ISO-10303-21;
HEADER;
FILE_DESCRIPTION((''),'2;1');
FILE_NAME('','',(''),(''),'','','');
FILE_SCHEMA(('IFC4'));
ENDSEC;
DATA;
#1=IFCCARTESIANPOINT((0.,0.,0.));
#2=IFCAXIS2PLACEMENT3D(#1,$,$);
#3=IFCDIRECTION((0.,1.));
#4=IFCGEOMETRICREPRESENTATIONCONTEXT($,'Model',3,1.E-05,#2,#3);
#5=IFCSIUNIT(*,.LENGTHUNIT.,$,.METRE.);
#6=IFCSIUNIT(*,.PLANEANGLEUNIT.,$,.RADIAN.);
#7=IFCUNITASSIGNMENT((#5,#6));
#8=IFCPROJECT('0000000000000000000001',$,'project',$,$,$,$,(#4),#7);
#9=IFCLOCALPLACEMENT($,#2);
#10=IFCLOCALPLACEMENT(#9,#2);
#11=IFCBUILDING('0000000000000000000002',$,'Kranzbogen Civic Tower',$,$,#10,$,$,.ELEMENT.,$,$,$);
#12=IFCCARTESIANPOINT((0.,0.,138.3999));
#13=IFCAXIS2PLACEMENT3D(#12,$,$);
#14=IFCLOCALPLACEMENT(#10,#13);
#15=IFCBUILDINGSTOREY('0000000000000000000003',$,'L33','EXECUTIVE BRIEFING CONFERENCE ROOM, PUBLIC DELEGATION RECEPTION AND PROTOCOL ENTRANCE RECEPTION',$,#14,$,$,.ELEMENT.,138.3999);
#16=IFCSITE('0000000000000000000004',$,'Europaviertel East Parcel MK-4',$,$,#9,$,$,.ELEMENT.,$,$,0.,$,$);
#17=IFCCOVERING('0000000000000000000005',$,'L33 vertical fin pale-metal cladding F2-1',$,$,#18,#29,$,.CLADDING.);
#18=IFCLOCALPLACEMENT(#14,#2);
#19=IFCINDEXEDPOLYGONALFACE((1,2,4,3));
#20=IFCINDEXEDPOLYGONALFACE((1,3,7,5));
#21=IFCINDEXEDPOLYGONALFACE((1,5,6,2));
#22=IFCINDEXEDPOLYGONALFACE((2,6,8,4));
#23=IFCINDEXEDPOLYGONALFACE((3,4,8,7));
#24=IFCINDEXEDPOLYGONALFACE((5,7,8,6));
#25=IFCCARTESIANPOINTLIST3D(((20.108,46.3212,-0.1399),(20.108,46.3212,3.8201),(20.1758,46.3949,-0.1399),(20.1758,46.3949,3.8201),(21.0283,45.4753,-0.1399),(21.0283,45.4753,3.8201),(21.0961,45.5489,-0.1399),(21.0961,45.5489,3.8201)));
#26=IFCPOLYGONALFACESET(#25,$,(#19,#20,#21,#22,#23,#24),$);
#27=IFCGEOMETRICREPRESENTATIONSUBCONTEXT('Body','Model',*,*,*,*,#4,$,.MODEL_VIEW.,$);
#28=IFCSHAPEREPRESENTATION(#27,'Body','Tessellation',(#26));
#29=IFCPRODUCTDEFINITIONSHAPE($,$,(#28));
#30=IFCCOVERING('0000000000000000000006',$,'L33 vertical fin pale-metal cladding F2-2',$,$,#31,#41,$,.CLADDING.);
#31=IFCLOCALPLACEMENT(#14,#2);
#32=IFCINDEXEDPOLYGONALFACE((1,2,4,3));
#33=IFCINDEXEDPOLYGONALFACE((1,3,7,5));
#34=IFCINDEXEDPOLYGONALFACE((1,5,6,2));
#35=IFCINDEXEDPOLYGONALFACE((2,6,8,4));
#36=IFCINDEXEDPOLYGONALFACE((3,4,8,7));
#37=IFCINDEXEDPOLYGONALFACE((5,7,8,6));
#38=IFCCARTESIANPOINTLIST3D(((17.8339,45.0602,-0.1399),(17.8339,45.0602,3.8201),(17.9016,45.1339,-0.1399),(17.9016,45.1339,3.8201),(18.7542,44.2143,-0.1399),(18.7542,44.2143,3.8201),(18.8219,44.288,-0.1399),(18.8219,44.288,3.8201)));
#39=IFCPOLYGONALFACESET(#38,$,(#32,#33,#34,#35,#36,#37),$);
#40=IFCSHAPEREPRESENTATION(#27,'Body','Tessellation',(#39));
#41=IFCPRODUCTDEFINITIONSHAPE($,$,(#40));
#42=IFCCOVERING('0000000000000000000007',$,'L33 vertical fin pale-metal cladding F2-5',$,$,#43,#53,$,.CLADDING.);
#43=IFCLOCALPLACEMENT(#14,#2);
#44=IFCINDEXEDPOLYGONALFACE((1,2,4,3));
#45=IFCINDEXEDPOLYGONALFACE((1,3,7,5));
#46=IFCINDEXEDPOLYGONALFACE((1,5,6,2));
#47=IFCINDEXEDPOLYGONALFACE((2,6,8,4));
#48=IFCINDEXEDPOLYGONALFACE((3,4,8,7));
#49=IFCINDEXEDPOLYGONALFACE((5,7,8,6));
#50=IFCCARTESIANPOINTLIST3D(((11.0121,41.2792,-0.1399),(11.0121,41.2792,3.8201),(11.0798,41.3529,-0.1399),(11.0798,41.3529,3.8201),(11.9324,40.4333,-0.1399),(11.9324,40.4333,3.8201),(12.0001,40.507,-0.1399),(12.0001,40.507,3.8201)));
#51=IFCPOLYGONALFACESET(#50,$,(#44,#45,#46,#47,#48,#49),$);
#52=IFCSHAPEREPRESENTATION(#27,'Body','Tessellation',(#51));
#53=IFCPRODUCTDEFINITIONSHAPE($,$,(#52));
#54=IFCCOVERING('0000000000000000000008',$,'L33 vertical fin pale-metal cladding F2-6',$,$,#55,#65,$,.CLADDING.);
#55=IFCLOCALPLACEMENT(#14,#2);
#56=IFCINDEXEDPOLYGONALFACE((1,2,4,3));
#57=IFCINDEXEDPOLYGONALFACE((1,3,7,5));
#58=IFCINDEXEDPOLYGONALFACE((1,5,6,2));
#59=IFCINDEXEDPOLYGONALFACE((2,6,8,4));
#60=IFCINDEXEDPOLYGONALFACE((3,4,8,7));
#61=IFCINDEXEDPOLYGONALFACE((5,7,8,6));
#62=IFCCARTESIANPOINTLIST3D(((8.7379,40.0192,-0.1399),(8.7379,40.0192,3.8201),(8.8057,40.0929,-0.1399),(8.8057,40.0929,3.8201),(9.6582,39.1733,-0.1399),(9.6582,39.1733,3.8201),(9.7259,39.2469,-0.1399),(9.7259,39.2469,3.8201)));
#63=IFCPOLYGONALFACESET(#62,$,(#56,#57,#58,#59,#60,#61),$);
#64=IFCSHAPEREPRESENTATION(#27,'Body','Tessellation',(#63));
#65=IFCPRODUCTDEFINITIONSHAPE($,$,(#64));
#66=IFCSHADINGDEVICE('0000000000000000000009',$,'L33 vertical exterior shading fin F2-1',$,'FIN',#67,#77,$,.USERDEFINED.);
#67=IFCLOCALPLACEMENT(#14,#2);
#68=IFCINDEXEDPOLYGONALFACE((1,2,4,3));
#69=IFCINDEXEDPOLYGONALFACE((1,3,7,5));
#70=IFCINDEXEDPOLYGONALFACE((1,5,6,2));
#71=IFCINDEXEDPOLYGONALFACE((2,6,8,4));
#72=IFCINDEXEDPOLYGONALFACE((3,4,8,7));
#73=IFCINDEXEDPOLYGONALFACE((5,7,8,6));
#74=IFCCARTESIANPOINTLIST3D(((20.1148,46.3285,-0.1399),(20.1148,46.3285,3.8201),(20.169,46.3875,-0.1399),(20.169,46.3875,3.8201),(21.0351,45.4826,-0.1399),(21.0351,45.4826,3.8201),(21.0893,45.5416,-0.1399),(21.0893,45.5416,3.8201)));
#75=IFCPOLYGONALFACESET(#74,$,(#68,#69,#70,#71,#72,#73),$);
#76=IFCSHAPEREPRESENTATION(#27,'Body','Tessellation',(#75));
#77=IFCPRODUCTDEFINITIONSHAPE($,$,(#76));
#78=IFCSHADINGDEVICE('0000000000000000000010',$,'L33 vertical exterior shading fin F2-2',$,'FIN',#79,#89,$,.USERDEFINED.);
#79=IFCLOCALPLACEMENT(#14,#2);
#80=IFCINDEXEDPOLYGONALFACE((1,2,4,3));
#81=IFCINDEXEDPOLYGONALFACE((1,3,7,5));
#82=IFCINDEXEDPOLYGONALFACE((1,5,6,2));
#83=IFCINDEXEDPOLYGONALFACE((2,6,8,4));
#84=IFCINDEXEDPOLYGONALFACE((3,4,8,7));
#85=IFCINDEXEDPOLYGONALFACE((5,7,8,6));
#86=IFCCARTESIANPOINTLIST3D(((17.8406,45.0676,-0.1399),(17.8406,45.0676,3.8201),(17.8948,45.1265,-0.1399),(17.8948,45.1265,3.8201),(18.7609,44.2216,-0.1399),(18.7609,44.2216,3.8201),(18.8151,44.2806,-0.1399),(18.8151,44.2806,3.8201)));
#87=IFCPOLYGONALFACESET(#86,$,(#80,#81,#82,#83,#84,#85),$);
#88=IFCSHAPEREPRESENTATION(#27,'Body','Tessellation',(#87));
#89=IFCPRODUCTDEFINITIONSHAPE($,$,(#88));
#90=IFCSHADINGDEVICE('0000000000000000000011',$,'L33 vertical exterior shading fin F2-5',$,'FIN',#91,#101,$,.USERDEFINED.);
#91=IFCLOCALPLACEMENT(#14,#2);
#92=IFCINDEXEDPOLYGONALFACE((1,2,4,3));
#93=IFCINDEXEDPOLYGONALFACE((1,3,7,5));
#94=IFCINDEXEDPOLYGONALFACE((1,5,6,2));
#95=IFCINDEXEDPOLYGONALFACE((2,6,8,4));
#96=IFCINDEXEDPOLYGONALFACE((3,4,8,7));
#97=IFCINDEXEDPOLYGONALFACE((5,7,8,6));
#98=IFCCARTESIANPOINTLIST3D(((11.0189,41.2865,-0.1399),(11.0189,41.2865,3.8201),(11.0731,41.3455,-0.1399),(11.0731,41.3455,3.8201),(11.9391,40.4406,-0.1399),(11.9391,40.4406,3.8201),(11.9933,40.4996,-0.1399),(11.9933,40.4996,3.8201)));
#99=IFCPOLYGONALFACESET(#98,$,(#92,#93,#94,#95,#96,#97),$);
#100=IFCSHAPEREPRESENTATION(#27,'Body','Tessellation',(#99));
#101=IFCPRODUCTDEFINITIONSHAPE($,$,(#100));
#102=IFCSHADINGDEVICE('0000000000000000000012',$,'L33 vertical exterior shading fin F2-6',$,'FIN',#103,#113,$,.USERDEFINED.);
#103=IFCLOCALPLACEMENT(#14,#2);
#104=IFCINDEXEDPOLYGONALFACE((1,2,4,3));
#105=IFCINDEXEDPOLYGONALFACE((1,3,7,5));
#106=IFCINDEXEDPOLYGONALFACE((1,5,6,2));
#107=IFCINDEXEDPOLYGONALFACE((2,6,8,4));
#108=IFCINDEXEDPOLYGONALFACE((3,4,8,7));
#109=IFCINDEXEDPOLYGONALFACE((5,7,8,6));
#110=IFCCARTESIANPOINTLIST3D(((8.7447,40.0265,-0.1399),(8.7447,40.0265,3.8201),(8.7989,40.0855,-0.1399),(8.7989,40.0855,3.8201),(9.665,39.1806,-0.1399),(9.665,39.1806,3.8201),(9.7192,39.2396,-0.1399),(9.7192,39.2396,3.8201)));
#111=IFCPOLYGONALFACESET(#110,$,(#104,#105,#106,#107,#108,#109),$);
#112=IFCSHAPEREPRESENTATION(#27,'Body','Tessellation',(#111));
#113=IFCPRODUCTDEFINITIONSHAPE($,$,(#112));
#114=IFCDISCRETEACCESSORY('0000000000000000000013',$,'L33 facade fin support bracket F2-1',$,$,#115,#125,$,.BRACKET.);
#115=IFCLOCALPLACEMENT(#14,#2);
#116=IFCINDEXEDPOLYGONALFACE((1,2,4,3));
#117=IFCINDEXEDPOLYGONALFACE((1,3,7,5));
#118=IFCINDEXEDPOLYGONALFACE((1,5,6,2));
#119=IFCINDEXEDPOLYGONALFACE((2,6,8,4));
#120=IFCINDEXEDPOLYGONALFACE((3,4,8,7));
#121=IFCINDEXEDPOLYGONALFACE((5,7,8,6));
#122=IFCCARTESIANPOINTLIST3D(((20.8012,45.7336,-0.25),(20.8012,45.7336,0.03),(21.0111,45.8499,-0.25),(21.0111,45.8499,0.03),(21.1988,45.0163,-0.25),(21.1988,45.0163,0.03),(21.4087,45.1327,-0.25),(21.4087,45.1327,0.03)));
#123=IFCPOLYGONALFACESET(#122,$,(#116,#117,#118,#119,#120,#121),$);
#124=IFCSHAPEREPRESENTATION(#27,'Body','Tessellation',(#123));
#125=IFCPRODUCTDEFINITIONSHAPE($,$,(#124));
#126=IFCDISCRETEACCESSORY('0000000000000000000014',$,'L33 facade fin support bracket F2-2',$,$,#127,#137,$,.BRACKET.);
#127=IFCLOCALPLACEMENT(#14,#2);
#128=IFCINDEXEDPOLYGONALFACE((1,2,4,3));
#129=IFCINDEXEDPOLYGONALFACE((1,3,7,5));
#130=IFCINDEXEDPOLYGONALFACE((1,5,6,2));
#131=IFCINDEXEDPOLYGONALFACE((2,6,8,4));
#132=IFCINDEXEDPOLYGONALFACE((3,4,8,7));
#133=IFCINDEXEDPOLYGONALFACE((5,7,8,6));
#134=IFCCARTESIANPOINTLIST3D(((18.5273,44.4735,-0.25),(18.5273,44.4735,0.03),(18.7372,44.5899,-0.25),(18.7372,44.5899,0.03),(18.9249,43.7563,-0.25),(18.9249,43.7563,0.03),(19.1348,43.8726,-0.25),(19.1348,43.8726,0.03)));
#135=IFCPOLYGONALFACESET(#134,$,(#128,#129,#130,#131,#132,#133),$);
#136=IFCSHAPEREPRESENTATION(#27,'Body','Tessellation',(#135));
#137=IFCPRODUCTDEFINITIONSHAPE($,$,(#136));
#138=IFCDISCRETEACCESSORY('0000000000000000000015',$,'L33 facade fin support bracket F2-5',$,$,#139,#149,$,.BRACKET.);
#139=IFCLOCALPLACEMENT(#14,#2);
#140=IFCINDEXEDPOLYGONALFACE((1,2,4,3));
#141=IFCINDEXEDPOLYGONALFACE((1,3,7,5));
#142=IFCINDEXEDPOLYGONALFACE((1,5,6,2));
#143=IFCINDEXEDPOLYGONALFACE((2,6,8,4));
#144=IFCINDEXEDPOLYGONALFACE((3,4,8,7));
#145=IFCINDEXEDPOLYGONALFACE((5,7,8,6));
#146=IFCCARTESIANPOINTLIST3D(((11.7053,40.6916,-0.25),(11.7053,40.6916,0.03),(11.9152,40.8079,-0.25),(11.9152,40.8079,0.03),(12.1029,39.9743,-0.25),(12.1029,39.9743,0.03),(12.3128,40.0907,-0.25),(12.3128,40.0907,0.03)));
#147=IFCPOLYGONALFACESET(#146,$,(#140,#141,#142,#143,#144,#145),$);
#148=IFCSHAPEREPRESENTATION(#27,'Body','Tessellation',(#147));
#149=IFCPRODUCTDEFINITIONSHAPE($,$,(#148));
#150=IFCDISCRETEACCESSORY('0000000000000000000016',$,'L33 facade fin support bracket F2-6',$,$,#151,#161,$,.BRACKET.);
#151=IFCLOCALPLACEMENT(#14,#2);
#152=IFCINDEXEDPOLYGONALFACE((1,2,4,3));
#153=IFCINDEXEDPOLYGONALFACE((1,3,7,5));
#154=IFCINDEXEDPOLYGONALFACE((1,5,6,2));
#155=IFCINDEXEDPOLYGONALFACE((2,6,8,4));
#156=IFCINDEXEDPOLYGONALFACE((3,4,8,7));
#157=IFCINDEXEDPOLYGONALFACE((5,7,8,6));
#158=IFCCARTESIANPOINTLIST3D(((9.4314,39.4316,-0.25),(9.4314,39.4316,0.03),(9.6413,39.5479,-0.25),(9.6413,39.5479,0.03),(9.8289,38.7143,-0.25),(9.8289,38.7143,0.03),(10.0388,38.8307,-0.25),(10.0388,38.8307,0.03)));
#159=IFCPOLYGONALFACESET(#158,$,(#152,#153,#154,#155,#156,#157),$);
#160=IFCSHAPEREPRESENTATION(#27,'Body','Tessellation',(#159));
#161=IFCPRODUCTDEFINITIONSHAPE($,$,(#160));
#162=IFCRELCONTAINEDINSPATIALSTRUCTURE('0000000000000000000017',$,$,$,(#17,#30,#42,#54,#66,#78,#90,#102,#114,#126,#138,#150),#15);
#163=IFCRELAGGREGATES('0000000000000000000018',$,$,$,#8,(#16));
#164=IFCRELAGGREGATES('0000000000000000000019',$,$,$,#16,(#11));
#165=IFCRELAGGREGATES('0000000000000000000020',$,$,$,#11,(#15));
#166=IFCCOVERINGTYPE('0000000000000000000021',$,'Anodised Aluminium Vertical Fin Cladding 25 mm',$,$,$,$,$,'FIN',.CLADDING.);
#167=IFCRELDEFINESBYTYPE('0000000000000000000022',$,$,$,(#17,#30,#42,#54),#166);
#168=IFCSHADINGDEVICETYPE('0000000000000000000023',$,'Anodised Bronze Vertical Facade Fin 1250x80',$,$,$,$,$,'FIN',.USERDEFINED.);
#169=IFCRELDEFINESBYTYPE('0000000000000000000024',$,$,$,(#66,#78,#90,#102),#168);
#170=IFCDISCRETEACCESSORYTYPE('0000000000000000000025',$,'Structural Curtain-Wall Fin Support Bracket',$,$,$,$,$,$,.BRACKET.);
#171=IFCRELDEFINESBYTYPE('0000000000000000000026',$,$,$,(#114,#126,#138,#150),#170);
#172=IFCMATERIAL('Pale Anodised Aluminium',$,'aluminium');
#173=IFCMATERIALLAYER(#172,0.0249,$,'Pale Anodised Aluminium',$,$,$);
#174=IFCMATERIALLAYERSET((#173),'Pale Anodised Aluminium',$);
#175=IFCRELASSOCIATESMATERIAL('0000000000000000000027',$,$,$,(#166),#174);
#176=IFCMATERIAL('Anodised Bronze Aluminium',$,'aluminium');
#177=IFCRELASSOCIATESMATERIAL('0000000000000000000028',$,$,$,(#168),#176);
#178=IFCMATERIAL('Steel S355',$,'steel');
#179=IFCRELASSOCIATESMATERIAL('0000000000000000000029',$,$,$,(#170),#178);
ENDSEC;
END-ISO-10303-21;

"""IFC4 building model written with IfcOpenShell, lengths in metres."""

from ifc_helpers import new_model, si_unit, direction, frame, origin, origin_2d, place, context, subcontext, project, spatial, rectangle, extrude, material, layer, layer_set, type_object, element, save


model = new_model("IFC4")

# Units and contexts
model_context = context("Model", 3, precision=1e-05, world=origin(), true_north=direction((0.0, 1.0)))
body_context = subcontext(model_context, "Body", "Model", "MODEL_VIEW")
ifc_project = project(units=[si_unit("LENGTHUNIT", "METRE"), si_unit("PLANEANGLEUNIT", "RADIAN")], contexts=[model_context])

# Site, building, storey
site_placement = place(None, origin())
site = spatial("IfcSite", under=ifc_project, at=site_placement, Name="Europaviertel East Parcel MK-4", CompositionType="ELEMENT", RefElevation=0.0)
building_placement = place(site_placement, origin())
building = spatial("IfcBuilding", under=site, at=building_placement, Name="Kranzbogen Civic Tower", CompositionType="ELEMENT")
storey_placement = place(building_placement, frame((0.0, 0.0, 138.3999)))
storey = spatial("IfcBuildingStorey", under=building, at=storey_placement, Name="L33", Description="EXECUTIVE BRIEFING CONFERENCE ROOM, PUBLIC DELEGATION RECEPTION AND PROTOCOL ENTRANCE RECEPTION", CompositionType="ELEMENT", Elevation=138.3999)

# Shared definitions
ifc_material_1 = material(Name="Steel S355", Category="steel")

# Shared definitions
ifc_material_2 = material(Name="Pale Anodised Aluminium", Category="aluminium")

# Coverings
ifc_layer_1 = layer(ifc_material_2, 0.0249, Name="Pale Anodised Aluminium")
ifc_layer_set_1 = layer_set([ifc_layer_1], Name="Pale Anodised Aluminium")
covering_type = type_object("IfcCoveringType", Name="Anodised Aluminium Vertical Fin Cladding 25 mm", ElementType="FIN", PredefinedType="CLADDING", material=ifc_layer_set_1)
for number, where, z_axis, x_axis, name in (
    (1, (20.6021, 45.9351, -0.1399), (0.0, 0.0, 1.0), (-0.736227, 0.676735, 0.0), "L33 vertical fin pale-metal cladding F2-1"),
    (2, (18.3279, 44.6741, -0.1399), (0.0, 0.0, 1.0), (-0.736227, 0.676735, 0.0), "L33 vertical fin pale-metal cladding F2-2"),
    (3, (11.5061, 40.8931, -0.1399), (0.0, 0.0, 1.0), (-0.736227, 0.676735, 0.0), "L33 vertical fin pale-metal cladding F2-5"),
    (4, (9.2319, 39.6331, -0.1399), (0.0, 0.0, 1.0), (-0.736227, 0.676735, 0.0), "L33 vertical fin pale-metal cladding F2-6"),
):
    element("IfcCovering", number, at=place(storey_placement, frame(where, z_axis=z_axis, x_axis=x_axis)), inside=storey, type_object=covering_type, Name=name, PredefinedType="CLADDING", context=body_context, shape_type="SweptSolid", body=[
        extrude(rectangle(XDim=1.25, YDim=0.1001, at=origin_2d()), origin(), (0.0, 0.0, 1.0), 3.96),
    ])

# Shading devices
ifc_material_3 = material(Name="Anodised Bronze Aluminium", Category="aluminium")
shading_device_type = type_object("IfcShadingDeviceType", Name="Anodised Bronze Vertical Facade Fin 1250x80", ElementType="FIN", PredefinedType="USERDEFINED", material=ifc_material_3)
for number, where, z_axis, x_axis, name in (
    (5, (20.6021, 45.9351, -0.1399), (0.0, 0.0, 1.0), (-0.736227, 0.676735, 0.0), "L33 vertical exterior shading fin F2-1"),
    (6, (18.3279, 44.6741, -0.1399), (0.0, 0.0, 1.0), (-0.736227, 0.676735, 0.0), "L33 vertical exterior shading fin F2-2"),
    (7, (11.5061, 40.8931, -0.1399), (0.0, 0.0, 1.0), (-0.736227, 0.676735, 0.0), "L33 vertical exterior shading fin F2-5"),
    (8, (9.2319, 39.6331, -0.1399), (0.0, 0.0, 1.0), (-0.736227, 0.676735, 0.0), "L33 vertical exterior shading fin F2-6"),
):
    element("IfcShadingDevice", number, at=place(storey_placement, frame(where, z_axis=z_axis, x_axis=x_axis)), inside=storey, type_object=shading_device_type, Name=name, ObjectType="FIN", PredefinedType="USERDEFINED", context=body_context, shape_type="SweptSolid", body=[
        extrude(rectangle(XDim=1.25, YDim=0.0801, at=origin_2d()), origin(), (0.0, 0.0, 1.0), 3.96),
    ])

# Discrete accessories
discrete_accessory_type = type_object("IfcDiscreteAccessoryType", Name="Structural Curtain-Wall Fin Support Bracket", PredefinedType="BRACKET", material=ifc_material_1)
for number, where, z_axis, x_axis, name in (
    (9, (21.105, 45.4331, -0.25), (0.0, 0.0, 1.0), (-0.48481, 0.87462, 0.0), "L33 facade fin support bracket F2-1"),
    (10, (18.8311, 44.1731, -0.25), (0.0, 0.0, 1.0), (-0.48481, 0.87462, 0.0), "L33 facade fin support bracket F2-2"),
    (11, (12.009, 40.3911, -0.25), (0.0, 0.0, 1.0), (-0.48481, 0.87462, 0.0), "L33 facade fin support bracket F2-5"),
    (12, (9.7351, 39.1311, -0.25), (0.0, 0.0, 1.0), (-0.48481, 0.87462, 0.0), "L33 facade fin support bracket F2-6"),
):
    element("IfcDiscreteAccessory", number, at=place(storey_placement, frame(where, z_axis=z_axis, x_axis=x_axis)), inside=storey, type_object=discrete_accessory_type, Name=name, PredefinedType="BRACKET", context=body_context, shape_type="SweptSolid", body=[
        extrude(rectangle(XDim=0.8201, YDim=0.24, at=origin_2d()), origin(), (0.0, 0.0, 1.0), 0.28),
    ])

save(model, "model.ifc")
